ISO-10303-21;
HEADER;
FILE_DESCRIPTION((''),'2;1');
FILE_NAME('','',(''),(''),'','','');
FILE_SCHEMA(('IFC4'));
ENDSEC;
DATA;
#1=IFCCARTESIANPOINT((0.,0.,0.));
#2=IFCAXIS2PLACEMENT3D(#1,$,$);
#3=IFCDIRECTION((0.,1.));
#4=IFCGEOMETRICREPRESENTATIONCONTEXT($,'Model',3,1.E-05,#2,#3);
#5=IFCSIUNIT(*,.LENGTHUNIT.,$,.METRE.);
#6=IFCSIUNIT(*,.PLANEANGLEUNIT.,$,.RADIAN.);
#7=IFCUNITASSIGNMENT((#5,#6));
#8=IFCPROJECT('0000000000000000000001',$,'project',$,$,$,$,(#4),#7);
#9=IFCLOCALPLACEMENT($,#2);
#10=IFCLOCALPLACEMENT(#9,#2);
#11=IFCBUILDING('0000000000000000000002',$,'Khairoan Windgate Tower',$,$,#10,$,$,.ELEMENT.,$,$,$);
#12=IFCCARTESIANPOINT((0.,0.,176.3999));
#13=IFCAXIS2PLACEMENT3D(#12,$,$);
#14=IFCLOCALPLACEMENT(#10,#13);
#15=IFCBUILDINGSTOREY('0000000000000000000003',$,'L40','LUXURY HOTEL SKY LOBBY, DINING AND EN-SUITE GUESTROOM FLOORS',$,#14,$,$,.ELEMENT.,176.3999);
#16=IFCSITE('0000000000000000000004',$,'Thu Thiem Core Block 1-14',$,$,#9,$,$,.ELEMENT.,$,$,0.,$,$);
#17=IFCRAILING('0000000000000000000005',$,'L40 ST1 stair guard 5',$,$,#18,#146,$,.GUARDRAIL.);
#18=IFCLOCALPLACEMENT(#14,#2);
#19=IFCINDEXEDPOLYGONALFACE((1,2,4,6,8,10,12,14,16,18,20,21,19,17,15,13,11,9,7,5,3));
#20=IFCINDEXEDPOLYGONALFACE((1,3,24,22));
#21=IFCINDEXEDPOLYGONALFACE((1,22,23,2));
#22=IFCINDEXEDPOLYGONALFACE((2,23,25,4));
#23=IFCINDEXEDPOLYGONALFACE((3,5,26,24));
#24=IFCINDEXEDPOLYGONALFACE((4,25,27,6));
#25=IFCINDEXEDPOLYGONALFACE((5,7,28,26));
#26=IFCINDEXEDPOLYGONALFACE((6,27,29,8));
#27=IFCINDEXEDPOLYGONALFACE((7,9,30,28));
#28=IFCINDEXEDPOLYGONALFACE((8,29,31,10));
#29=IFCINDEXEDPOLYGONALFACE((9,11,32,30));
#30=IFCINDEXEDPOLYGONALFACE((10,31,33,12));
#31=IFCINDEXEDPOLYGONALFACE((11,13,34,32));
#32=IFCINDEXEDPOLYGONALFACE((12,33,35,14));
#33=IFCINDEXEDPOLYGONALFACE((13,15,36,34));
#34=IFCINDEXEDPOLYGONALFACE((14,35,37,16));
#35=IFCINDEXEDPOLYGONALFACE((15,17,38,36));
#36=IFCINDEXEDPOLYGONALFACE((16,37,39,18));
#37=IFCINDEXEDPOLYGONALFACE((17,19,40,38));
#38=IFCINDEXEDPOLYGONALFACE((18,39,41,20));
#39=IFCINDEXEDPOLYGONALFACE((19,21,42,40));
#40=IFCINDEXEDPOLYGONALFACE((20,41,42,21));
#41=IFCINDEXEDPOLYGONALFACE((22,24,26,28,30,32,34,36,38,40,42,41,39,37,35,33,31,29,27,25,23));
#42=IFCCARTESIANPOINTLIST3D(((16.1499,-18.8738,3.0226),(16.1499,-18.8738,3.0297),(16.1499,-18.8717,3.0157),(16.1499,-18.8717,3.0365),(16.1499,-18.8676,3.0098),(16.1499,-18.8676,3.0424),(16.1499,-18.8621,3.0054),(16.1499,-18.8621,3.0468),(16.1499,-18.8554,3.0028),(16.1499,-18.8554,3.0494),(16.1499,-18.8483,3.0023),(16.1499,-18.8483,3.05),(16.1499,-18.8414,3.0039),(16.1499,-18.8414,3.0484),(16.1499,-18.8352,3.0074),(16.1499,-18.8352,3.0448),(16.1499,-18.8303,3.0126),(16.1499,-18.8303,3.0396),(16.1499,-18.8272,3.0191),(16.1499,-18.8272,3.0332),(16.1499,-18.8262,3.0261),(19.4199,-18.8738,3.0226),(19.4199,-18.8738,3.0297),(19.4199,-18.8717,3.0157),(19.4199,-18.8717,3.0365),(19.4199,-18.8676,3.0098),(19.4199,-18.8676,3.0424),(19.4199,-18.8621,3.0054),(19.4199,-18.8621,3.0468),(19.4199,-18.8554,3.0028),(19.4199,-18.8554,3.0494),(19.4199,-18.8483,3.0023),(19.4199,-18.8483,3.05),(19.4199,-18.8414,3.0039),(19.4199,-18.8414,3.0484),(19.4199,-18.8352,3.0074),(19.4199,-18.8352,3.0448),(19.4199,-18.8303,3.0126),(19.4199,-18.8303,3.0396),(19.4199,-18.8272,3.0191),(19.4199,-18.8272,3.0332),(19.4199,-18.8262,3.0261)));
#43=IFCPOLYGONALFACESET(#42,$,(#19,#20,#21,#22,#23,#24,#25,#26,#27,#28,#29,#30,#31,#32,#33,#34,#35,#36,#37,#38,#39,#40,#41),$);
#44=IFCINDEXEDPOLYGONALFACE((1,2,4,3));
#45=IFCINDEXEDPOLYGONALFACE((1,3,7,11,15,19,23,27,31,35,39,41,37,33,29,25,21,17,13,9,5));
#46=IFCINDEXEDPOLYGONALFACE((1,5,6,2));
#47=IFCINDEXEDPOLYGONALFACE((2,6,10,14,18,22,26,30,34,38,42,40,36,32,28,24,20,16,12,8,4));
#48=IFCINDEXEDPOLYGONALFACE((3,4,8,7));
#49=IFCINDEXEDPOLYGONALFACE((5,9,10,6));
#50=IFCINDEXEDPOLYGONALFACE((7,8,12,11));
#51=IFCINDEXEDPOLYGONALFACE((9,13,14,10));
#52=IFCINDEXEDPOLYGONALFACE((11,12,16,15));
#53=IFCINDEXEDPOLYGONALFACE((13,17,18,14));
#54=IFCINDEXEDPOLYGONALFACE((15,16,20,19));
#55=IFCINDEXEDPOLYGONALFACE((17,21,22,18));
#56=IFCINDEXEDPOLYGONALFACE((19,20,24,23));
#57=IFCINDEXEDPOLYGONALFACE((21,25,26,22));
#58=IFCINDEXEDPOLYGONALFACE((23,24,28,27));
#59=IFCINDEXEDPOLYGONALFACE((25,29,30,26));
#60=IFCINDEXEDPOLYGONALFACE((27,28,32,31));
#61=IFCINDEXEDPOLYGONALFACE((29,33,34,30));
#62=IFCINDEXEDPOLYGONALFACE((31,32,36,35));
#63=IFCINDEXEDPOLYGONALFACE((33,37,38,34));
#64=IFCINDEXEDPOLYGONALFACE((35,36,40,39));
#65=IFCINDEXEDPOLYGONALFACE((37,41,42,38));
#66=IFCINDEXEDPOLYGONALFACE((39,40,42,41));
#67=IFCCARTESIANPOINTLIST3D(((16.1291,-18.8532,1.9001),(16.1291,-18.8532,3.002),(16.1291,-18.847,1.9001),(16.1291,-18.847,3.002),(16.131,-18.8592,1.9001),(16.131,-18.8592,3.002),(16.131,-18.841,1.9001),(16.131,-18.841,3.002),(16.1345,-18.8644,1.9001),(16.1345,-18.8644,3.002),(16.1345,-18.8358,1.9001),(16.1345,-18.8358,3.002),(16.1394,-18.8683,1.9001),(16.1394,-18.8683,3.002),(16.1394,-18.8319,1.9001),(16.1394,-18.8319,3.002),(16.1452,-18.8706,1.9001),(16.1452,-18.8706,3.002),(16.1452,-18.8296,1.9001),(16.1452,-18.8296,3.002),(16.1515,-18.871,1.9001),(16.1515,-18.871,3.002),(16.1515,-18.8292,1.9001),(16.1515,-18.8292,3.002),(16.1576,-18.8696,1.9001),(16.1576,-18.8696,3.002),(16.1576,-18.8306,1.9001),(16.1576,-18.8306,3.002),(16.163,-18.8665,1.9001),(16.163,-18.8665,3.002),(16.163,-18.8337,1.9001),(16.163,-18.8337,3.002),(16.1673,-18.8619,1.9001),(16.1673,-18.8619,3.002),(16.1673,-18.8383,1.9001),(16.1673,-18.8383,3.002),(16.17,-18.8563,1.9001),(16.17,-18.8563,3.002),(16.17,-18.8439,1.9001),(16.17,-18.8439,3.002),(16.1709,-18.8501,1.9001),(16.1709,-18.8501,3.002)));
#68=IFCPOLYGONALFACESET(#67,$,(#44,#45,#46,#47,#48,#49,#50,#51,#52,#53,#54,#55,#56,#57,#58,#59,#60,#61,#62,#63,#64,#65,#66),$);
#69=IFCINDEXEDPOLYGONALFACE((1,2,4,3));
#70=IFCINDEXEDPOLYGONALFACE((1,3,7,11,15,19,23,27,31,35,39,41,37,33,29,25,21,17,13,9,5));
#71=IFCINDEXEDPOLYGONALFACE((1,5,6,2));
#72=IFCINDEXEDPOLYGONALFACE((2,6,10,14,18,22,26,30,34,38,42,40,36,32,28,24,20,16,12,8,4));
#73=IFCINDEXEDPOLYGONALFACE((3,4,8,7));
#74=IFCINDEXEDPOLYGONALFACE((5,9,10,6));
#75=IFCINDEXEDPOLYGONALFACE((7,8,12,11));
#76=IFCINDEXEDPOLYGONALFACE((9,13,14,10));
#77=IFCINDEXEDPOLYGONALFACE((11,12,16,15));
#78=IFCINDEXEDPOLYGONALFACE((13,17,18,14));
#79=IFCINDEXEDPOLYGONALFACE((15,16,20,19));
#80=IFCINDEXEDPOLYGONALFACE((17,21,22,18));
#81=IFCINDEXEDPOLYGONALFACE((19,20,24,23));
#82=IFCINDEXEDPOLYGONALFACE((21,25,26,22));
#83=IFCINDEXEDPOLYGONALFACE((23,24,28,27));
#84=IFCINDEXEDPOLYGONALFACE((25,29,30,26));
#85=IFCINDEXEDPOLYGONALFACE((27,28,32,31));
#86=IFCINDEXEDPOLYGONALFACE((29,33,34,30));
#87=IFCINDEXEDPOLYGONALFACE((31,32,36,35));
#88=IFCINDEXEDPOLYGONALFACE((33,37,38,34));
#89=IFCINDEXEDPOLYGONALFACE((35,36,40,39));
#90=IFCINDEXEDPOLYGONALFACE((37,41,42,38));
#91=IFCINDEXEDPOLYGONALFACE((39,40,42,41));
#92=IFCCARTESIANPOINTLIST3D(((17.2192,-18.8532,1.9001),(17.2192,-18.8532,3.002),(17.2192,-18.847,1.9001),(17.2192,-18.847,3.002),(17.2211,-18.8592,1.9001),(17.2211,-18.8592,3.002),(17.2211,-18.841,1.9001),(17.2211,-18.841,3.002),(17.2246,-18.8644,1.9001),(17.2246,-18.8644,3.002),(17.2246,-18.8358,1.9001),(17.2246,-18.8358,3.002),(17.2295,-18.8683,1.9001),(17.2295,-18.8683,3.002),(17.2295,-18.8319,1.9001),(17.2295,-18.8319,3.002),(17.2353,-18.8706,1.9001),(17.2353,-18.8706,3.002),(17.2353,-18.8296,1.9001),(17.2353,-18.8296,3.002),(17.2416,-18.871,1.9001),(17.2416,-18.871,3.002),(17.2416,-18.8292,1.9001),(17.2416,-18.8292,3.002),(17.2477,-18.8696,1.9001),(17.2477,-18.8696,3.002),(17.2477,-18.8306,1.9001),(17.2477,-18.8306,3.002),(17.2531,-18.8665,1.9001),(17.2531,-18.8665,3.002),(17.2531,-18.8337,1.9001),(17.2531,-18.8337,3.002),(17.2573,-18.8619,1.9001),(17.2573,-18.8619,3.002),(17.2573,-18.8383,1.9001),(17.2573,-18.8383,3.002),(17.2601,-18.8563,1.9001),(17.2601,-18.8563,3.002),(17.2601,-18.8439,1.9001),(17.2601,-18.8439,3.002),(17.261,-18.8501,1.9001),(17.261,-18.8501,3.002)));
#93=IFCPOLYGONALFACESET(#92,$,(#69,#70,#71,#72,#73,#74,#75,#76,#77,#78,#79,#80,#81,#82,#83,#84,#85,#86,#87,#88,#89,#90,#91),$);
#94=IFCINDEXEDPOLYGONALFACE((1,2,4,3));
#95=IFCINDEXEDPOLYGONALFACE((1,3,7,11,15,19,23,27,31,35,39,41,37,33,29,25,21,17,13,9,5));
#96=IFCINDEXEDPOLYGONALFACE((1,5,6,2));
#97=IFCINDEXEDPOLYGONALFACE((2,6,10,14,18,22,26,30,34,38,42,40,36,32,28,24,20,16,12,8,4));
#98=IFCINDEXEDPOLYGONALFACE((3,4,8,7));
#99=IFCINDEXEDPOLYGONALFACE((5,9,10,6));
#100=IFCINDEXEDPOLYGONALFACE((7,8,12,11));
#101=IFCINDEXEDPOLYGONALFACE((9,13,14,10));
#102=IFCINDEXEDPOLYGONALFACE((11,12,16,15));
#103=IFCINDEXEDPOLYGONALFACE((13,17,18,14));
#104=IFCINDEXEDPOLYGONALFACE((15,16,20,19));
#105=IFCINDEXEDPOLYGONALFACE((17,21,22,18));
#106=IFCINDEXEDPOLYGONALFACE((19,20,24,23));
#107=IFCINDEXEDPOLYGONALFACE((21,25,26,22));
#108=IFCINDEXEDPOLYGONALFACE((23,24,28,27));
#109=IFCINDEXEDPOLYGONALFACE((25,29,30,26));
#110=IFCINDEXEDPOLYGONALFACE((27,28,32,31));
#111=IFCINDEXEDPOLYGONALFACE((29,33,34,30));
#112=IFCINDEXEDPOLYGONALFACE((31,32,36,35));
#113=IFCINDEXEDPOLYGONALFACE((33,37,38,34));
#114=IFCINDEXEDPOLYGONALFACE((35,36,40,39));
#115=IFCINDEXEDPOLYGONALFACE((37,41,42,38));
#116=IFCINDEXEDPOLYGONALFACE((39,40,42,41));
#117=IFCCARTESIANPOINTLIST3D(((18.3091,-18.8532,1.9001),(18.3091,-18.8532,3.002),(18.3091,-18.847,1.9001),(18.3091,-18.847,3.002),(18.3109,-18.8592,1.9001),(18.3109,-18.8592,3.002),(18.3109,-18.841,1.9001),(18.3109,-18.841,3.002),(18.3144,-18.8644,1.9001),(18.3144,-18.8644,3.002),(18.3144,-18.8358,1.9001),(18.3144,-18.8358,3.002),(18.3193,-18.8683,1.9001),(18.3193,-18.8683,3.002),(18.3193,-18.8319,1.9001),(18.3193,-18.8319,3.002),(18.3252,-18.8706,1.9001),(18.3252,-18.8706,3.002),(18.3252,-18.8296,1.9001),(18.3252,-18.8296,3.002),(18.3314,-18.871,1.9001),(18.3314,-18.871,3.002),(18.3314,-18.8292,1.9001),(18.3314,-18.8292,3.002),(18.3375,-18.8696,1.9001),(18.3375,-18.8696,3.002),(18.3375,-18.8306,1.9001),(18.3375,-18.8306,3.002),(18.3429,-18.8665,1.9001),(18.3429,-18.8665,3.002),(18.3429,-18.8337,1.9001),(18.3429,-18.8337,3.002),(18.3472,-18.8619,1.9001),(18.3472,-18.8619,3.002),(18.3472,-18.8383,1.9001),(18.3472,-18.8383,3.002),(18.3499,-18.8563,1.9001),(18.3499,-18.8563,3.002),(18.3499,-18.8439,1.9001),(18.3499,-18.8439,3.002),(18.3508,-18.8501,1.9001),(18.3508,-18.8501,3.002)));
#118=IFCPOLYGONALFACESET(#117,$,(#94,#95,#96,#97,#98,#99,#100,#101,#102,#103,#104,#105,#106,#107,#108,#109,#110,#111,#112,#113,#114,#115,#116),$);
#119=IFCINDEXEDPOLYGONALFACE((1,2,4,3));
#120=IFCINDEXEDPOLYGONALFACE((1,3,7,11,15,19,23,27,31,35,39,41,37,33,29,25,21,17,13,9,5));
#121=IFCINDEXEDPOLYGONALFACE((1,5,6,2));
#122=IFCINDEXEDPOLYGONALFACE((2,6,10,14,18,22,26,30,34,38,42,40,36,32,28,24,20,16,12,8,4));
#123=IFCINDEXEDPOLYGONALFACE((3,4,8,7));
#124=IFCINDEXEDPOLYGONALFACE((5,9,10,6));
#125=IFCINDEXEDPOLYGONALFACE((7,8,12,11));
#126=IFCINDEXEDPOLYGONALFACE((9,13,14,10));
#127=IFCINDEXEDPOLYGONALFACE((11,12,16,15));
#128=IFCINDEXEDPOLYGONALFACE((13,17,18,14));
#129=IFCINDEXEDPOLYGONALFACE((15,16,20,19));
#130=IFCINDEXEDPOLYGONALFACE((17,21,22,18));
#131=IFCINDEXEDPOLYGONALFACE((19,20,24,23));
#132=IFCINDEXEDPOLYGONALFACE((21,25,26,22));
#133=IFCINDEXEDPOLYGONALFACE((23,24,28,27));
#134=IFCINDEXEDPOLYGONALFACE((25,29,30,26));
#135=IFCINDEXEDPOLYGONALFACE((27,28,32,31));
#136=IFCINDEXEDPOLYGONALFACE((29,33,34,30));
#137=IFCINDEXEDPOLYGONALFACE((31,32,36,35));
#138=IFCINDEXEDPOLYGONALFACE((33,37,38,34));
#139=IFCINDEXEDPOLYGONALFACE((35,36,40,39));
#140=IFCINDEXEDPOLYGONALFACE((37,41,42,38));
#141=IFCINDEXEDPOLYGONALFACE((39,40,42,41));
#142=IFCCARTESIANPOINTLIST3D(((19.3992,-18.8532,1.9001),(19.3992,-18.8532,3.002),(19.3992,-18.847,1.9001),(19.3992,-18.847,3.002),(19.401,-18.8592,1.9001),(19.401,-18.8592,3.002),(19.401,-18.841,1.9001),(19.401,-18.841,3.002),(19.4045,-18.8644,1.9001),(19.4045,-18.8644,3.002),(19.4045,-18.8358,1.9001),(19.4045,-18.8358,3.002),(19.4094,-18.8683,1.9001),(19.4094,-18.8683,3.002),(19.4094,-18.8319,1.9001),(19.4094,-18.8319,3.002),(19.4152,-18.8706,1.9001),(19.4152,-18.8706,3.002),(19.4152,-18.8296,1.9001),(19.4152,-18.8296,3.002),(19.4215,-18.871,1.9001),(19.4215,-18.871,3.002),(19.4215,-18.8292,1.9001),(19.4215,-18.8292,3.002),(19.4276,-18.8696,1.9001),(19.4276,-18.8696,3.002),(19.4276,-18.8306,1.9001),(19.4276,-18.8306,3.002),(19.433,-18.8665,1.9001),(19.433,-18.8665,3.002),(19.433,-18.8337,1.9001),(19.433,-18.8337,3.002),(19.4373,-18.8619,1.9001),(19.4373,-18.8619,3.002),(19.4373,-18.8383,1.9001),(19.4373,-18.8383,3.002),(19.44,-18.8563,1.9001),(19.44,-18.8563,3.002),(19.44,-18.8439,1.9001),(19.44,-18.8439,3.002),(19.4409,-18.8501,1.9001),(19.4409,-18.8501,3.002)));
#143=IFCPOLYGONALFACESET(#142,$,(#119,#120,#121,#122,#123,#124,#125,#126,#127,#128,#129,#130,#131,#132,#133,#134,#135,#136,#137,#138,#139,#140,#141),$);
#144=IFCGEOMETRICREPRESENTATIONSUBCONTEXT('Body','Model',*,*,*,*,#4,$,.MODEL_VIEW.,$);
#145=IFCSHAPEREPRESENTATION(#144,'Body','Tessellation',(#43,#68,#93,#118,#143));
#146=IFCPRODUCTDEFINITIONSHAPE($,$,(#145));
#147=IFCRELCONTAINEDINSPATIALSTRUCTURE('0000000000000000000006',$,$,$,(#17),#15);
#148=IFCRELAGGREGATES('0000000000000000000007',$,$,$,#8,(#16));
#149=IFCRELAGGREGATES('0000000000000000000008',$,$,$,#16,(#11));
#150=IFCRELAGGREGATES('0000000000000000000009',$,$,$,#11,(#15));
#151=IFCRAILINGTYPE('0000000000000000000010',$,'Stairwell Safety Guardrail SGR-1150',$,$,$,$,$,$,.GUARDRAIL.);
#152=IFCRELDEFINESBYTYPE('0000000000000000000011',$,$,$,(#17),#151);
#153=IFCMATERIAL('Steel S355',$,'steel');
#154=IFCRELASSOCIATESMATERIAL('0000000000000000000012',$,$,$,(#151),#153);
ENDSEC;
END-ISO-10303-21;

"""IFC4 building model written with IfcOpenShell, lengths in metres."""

from ifc_helpers import new_model, si_unit, direction, frame, origin, origin_2d, place, context, subcontext, project, spatial, circle, extrude, material, type_object, element, save


model = new_model("IFC4")

# Units and contexts
model_context = context("Model", 3, precision=1e-05, world=origin(), true_north=direction((0.0, 1.0)))
body_context = subcontext(model_context, "Body", "Model", "MODEL_VIEW")
ifc_project = project(units=[si_unit("LENGTHUNIT", "METRE"), si_unit("PLANEANGLEUNIT", "RADIAN")], contexts=[model_context])

# Site, building, storey
site_placement = place(None, origin())
site = spatial("IfcSite", under=ifc_project, at=site_placement, Name="Thu Thiem Core Block 1-14", CompositionType="ELEMENT", RefElevation=0.0)
building_placement = place(site_placement, origin())
building = spatial("IfcBuilding", under=site, at=building_placement, Name="Khairoan Windgate Tower", CompositionType="ELEMENT")
storey_placement = place(building_placement, frame((0.0, 0.0, 176.3999)))
storey = spatial("IfcBuildingStorey", under=building, at=storey_placement, Name="L40", Description="LUXURY HOTEL SKY LOBBY, DINING AND EN-SUITE GUESTROOM FLOORS", CompositionType="ELEMENT", Elevation=176.3999)

# Railing
ifc_material_1 = material(Name="Steel S355", Category="steel")
railing_type = type_object("IfcRailingType", Name="Stairwell Safety Guardrail SGR-1150", PredefinedType="GUARDRAIL", material=ifc_material_1)
railing_1_placement = place(storey_placement, frame((16.1499, -18.8501, 1.9001)))
element("IfcRailing", 1, at=railing_1_placement, inside=storey, type_object=railing_type, Name="L40 ST1 stair guard 5", PredefinedType="GUARDRAIL", context=body_context, shape_type="SweptSolid", body=[
    extrude(circle(Radius=0.0239, at=origin_2d()), frame((0.0, 0.0, 1.126), z_axis=(1.0, 0.0, 0.0), x_axis=(0.0, 1.0, 0.0)), (0.0, 0.0, 1.0), 3.27),
    extrude(circle(Radius=0.021, at=origin_2d()), origin(), (0.0, 0.0, 1.0), 1.1018),
    extrude(circle(Radius=0.021, at=origin_2d()), frame((1.0901, 0.0, 0.0)), (0.0, 0.0, 1.0), 1.1018),
    extrude(circle(Radius=0.021, at=origin_2d()), frame((2.1799, 0.0, 0.0)), (0.0, 0.0, 1.0), 1.1018),
    extrude(circle(Radius=0.021, at=origin_2d()), frame((3.27, 0.0, 0.0)), (0.0, 0.0, 1.0), 1.1018),
])

save(model, "model.ifc")
